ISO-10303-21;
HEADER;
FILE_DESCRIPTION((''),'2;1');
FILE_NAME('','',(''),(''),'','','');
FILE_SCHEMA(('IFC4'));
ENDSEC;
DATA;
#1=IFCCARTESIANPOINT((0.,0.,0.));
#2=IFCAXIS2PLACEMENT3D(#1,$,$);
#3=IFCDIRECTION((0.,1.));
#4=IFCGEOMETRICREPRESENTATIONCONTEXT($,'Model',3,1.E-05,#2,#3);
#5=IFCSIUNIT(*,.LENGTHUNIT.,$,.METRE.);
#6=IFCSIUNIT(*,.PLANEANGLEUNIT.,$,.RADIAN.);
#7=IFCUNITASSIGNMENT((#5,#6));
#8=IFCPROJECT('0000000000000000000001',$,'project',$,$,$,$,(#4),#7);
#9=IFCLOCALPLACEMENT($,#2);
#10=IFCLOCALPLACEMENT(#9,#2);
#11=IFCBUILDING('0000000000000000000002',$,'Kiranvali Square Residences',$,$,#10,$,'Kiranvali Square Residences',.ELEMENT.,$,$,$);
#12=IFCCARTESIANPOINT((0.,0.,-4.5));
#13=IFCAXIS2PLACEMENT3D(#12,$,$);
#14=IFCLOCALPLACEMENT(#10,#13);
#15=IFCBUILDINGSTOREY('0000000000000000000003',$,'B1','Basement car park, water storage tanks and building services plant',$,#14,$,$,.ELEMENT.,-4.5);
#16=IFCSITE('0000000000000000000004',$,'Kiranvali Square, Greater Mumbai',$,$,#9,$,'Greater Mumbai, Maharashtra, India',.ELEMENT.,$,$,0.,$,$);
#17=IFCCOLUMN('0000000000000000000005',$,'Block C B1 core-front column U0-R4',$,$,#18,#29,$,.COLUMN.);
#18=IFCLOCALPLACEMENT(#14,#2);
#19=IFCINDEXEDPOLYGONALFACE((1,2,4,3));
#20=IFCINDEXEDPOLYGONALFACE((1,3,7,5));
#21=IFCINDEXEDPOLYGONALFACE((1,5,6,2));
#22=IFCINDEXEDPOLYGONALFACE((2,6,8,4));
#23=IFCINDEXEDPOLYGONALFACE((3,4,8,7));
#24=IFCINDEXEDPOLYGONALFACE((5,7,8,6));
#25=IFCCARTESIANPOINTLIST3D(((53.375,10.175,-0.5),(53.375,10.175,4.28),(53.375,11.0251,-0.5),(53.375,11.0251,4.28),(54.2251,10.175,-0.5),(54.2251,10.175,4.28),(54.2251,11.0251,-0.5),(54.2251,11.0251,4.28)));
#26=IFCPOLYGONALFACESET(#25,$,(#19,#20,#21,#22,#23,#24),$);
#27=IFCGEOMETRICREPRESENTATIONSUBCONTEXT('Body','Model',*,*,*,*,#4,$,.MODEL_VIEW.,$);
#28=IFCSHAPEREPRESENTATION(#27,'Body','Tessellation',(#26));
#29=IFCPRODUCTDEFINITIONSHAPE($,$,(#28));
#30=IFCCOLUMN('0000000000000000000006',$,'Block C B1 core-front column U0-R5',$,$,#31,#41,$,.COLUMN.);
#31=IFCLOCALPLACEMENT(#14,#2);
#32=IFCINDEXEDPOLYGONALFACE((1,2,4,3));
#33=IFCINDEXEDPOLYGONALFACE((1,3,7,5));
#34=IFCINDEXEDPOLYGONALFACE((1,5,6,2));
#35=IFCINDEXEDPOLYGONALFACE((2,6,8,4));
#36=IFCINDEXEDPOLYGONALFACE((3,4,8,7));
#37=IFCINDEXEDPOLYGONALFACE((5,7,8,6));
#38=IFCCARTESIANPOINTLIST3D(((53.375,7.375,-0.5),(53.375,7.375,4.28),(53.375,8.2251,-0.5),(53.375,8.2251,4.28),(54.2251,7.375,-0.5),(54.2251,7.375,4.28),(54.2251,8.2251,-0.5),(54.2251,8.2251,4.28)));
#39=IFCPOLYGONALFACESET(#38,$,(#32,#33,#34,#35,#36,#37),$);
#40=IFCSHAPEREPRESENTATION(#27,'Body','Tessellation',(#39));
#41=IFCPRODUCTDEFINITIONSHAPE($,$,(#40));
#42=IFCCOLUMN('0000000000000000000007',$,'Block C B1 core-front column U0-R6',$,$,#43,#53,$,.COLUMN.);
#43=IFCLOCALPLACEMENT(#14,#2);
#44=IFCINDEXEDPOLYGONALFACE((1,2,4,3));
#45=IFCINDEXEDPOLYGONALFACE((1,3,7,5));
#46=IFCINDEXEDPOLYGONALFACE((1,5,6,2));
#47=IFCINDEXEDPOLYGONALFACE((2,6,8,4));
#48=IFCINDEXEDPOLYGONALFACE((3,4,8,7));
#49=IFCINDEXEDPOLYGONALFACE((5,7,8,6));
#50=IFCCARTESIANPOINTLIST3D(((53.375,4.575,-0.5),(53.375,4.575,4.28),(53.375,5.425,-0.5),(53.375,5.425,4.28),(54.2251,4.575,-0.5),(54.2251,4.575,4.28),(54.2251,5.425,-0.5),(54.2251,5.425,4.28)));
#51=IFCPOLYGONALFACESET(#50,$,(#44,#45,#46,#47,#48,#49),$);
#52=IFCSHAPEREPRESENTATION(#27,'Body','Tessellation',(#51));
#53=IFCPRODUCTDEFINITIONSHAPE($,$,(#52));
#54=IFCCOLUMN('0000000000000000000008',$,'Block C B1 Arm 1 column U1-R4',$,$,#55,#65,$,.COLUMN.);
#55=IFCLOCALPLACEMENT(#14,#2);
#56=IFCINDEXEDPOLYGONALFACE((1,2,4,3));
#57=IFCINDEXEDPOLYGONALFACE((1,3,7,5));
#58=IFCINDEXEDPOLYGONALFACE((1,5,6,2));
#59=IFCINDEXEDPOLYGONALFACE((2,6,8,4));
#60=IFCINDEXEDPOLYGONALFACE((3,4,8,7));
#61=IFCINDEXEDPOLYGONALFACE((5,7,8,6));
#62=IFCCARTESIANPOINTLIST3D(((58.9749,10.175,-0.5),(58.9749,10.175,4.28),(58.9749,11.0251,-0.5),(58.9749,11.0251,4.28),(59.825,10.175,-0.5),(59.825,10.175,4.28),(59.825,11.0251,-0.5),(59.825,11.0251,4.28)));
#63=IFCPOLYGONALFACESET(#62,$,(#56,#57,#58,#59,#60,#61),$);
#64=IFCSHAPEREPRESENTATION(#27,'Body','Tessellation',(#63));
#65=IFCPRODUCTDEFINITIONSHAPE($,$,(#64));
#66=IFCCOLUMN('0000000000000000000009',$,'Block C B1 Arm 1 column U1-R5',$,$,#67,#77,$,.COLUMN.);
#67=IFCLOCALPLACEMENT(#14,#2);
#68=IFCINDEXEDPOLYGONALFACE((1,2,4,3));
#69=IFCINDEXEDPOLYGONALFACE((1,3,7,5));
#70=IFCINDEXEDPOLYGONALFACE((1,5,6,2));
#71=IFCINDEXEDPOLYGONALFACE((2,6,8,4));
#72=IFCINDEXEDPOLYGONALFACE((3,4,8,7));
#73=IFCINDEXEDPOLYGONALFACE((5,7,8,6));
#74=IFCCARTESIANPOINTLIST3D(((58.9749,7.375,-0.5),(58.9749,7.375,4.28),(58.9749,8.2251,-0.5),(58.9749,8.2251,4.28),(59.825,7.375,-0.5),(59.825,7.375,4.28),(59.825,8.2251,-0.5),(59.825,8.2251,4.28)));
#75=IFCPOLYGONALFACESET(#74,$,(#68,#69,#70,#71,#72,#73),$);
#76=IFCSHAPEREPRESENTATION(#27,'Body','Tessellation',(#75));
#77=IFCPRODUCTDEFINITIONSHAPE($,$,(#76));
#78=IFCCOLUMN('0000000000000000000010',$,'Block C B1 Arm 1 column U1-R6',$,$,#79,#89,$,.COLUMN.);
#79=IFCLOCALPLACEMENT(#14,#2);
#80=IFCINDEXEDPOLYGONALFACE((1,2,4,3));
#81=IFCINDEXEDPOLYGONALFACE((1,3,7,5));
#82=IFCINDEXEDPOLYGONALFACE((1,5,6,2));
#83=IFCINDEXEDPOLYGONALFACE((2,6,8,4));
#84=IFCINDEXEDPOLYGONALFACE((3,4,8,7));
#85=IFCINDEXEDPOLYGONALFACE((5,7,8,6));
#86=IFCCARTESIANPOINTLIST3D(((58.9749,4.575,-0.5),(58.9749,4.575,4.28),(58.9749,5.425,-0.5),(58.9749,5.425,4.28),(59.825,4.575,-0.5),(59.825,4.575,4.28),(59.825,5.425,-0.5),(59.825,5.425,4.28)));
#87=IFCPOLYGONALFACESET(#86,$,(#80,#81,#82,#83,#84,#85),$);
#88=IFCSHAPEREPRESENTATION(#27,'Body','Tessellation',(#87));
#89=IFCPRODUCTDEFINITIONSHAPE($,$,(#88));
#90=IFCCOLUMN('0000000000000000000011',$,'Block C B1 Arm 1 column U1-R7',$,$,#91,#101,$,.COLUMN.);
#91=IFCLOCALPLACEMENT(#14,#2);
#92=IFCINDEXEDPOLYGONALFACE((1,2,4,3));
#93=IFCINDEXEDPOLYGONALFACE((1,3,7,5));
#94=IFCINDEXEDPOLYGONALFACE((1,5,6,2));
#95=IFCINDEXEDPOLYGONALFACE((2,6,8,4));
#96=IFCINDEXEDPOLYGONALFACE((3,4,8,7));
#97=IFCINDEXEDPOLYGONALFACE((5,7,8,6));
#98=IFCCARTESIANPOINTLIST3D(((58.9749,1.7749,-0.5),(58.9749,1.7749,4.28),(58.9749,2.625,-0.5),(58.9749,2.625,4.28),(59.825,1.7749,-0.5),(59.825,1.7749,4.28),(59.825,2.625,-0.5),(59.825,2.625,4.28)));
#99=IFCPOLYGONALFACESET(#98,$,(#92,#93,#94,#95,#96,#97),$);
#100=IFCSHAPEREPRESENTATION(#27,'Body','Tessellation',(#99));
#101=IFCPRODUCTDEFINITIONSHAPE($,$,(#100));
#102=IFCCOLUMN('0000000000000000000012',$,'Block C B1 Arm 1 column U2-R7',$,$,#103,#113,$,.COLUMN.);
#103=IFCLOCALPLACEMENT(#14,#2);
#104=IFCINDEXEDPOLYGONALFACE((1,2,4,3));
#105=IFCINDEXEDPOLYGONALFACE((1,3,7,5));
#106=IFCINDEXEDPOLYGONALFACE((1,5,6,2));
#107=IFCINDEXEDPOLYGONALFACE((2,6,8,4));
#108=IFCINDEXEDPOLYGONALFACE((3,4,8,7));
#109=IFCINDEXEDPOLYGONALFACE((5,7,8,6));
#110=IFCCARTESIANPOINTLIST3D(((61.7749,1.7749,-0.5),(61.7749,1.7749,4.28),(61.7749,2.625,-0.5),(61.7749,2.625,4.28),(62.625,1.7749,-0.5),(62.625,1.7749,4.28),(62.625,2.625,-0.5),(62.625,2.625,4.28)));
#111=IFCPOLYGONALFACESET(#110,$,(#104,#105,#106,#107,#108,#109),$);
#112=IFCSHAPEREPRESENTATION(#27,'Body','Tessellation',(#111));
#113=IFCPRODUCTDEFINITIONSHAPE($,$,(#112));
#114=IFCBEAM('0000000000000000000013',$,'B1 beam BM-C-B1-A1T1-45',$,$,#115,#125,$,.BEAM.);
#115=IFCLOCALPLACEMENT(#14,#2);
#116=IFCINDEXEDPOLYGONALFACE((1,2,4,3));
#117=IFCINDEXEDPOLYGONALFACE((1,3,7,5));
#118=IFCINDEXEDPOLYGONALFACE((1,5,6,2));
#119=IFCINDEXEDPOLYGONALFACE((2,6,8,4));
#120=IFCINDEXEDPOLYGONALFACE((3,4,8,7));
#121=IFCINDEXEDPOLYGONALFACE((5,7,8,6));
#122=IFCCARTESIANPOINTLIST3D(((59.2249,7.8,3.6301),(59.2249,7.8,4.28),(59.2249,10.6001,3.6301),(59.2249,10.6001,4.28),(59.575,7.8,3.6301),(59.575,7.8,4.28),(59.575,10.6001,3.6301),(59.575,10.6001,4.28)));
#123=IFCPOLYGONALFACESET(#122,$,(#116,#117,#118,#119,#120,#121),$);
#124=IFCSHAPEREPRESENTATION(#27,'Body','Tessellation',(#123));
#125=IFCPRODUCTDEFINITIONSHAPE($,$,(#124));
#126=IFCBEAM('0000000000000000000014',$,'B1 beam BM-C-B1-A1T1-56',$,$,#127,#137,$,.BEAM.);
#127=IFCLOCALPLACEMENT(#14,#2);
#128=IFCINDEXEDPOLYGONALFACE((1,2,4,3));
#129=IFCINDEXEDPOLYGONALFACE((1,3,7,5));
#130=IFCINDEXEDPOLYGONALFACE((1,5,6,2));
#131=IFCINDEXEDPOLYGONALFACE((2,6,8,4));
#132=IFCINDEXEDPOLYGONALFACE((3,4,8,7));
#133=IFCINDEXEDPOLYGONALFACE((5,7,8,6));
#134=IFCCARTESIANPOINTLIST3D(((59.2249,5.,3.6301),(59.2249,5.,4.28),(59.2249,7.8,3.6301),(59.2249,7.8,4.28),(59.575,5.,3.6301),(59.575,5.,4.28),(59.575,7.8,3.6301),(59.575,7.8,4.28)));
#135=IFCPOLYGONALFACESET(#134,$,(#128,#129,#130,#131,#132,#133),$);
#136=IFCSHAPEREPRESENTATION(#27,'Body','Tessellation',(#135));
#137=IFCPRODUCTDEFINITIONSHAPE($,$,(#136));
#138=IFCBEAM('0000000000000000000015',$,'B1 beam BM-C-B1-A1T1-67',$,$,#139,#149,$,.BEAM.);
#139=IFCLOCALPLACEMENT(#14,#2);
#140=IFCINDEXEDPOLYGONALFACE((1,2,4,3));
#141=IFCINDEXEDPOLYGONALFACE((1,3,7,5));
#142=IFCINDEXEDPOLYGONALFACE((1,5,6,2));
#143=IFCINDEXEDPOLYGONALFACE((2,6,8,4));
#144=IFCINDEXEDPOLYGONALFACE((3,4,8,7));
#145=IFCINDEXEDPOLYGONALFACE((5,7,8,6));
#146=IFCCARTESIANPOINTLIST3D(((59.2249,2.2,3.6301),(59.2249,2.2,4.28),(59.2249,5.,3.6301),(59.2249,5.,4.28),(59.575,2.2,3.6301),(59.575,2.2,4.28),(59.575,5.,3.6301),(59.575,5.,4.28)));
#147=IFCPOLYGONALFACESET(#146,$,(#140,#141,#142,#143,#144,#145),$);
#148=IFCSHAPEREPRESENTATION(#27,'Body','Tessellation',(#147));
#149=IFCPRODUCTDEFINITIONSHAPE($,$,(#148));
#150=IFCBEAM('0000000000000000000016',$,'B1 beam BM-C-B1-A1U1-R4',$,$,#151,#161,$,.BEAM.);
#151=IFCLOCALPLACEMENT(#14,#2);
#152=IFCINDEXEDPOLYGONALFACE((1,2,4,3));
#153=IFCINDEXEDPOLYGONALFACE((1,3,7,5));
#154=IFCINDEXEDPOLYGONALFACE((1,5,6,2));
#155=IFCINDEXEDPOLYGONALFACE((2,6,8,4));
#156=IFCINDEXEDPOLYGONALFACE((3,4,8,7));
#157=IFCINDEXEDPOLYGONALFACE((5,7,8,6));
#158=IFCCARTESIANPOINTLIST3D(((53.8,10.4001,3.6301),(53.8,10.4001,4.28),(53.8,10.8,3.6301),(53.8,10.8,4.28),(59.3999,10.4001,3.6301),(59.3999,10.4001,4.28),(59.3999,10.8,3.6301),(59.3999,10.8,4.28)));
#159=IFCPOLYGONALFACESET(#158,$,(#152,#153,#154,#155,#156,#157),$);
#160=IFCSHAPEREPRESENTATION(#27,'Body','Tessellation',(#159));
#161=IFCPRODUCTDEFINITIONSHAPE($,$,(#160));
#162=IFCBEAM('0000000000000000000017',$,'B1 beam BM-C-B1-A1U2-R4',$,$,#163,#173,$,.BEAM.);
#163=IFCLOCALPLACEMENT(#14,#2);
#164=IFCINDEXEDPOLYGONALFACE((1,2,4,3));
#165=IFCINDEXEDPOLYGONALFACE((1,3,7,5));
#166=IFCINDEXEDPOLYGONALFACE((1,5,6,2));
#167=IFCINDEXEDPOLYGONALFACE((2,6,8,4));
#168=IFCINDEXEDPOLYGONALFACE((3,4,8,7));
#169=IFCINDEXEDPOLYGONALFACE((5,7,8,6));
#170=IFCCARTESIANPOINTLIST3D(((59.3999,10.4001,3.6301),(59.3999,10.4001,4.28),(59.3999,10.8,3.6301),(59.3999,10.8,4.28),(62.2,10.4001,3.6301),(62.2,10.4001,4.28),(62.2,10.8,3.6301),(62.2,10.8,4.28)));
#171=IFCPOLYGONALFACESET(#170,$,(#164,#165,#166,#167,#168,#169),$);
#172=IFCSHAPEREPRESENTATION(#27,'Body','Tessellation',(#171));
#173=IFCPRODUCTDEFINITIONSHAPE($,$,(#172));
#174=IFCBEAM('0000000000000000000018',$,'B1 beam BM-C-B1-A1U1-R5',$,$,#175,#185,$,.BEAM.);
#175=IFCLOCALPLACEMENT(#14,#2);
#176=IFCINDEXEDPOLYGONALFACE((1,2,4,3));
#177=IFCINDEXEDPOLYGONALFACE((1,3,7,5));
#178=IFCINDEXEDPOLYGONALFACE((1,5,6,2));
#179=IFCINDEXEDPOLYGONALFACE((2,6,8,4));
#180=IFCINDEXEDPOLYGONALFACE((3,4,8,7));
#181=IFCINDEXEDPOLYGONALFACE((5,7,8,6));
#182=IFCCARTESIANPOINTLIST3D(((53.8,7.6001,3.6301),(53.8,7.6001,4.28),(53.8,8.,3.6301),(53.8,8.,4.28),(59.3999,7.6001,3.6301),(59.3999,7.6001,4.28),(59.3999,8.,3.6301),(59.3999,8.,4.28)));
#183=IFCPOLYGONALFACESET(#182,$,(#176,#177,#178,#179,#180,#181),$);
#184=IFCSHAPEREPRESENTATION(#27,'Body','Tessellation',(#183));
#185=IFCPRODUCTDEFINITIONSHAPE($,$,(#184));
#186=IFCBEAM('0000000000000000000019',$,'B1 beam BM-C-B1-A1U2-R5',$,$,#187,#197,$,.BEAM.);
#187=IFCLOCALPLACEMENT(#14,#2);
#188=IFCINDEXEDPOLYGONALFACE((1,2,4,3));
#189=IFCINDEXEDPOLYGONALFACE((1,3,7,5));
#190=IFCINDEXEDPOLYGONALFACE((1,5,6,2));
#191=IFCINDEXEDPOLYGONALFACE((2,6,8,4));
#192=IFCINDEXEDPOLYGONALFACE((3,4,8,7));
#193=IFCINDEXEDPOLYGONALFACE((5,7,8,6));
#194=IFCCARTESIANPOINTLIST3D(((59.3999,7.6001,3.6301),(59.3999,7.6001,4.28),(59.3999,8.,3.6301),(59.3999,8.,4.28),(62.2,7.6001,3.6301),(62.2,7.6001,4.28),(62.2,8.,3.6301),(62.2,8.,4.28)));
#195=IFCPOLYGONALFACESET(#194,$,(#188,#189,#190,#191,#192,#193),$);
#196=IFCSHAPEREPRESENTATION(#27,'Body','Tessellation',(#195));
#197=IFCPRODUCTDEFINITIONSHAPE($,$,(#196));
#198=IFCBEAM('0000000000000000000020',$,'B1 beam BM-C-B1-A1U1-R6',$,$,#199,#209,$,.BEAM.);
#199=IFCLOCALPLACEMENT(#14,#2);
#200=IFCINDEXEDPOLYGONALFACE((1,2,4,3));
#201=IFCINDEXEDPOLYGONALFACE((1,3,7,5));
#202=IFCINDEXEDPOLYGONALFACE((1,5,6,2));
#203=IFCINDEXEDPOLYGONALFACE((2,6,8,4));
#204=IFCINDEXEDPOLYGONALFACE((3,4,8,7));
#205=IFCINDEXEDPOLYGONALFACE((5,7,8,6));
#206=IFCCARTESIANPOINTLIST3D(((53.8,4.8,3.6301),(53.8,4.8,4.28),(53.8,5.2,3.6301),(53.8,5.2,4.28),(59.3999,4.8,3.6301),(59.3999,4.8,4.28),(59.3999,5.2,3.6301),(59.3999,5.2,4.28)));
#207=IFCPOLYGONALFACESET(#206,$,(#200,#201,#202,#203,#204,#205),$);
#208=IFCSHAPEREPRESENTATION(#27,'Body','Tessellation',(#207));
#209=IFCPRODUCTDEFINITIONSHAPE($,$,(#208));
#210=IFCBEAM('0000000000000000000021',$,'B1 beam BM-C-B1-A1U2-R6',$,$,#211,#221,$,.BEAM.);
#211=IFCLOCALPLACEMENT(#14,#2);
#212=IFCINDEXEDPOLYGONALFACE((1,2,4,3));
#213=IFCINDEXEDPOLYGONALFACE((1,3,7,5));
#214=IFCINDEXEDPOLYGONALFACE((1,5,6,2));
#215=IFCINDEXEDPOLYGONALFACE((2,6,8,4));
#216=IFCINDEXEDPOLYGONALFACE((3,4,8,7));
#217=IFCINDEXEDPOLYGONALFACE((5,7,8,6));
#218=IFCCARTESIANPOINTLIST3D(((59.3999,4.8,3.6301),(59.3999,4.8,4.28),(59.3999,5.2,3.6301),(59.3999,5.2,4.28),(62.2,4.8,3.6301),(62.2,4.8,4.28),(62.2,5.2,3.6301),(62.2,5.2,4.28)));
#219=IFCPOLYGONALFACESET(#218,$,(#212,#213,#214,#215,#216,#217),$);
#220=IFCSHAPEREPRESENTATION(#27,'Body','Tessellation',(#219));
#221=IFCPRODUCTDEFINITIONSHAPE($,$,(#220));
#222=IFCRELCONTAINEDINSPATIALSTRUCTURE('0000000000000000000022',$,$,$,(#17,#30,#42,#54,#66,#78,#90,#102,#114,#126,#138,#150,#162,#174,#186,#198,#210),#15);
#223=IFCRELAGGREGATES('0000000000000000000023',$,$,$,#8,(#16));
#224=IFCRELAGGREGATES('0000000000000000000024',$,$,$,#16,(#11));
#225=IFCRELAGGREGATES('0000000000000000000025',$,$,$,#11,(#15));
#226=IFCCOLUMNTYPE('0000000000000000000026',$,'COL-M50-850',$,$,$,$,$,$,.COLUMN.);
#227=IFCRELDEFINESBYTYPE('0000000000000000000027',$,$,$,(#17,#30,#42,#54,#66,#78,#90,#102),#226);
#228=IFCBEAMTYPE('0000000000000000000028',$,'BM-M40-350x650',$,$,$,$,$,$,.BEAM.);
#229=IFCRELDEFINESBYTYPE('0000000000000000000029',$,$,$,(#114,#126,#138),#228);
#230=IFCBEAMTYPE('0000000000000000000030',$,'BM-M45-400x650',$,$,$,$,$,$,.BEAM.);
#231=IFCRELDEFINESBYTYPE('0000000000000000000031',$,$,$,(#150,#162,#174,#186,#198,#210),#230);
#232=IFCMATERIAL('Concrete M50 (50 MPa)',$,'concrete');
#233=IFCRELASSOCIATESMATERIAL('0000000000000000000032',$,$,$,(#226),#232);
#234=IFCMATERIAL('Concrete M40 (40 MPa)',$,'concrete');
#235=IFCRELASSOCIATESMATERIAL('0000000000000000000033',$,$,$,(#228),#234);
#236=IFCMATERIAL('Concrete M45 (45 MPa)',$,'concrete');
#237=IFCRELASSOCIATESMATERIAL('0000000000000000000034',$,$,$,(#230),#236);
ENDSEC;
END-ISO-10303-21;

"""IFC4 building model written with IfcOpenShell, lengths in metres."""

from ifc_helpers import new_model, si_unit, direction, frame, origin, origin_2d, place, context, subcontext, project, spatial, rectangle, extrude, material, material_profile, profile_set, type_object, element, save


model = new_model("IFC4")

# Units and contexts
model_context = context("Model", 3, precision=1e-05, world=origin(), true_north=direction((0.0, 1.0)))
body_context = subcontext(model_context, "Body", "Model", "MODEL_VIEW")
ifc_project = project(units=[si_unit("LENGTHUNIT", "METRE"), si_unit("PLANEANGLEUNIT", "RADIAN")], contexts=[model_context])

# Site, building, storey
site_placement = place(None, origin())
site = spatial("IfcSite", under=ifc_project, at=site_placement, Name="Kiranvali Square, Greater Mumbai", LongName="Greater Mumbai, Maharashtra, India", CompositionType="ELEMENT", RefElevation=0.0)
building_placement = place(site_placement, origin())
building = spatial("IfcBuilding", under=site, at=building_placement, Name="Kiranvali Square Residences", LongName="Kiranvali Square Residences", CompositionType="ELEMENT")
storey_placement = place(building_placement, frame((0.0, 0.0, -4.5)))
storey = spatial("IfcBuildingStorey", under=building, at=storey_placement, Name="B1", Description="Basement car park, water storage tanks and building services plant", CompositionType="ELEMENT", Elevation=-4.5)

# Shared definitions
ifc_material_1 = material(Name="Concrete M40 (40 MPa)", Category="concrete")

# Columns
ifc_material_2 = material(Name="Concrete M50 (50 MPa)", Category="concrete")
ifc_material_profile_1 = material_profile(ifc_material_2, rectangle(XDim=0.8501, YDim=0.8501, at=origin_2d()), Name="RC 850x850")
ifc_profile_set_1 = profile_set([ifc_material_profile_1], Name="Concrete M50 (50 MPa)")
column_type = type_object("IfcColumnType", Name="COL-M50-850", PredefinedType="COLUMN", material=ifc_profile_set_1)
for number, where, z_axis, x_axis, name in (
    (1, (53.8, 10.6001, -0.5), (0.0, 0.0, 1.0), (1.0, 0.0, 0.0), "Block C B1 core-front column U0-R4"),
    (2, (53.8, 7.8, -0.5), (0.0, 0.0, 1.0), (1.0, 0.0, 0.0), "Block C B1 core-front column U0-R5"),
    (3, (53.8, 5.0, -0.5), (0.0, 0.0, 1.0), (1.0, 0.0, 0.0), "Block C B1 core-front column U0-R6"),
    (4, (59.3999, 10.6001, -0.5), (0.0, 0.0, 1.0), (1.0, 0.0, 0.0), "Block C B1 Arm 1 column U1-R4"),
    (5, (59.3999, 7.8, -0.5), (0.0, 0.0, 1.0), (1.0, 0.0, 0.0), "Block C B1 Arm 1 column U1-R5"),
    (6, (59.3999, 5.0, -0.5), (0.0, 0.0, 1.0), (1.0, 0.0, 0.0), "Block C B1 Arm 1 column U1-R6"),
    (7, (59.3999, 2.2, -0.5), (0.0, 0.0, 1.0), (1.0, 0.0, 0.0), "Block C B1 Arm 1 column U1-R7"),
    (8, (62.2, 2.2, -0.5), (0.0, 0.0, 1.0), (1.0, 0.0, 0.0), "Block C B1 Arm 1 column U2-R7"),
):
    element("IfcColumn", number, at=place(storey_placement, frame(where, z_axis=z_axis, x_axis=x_axis)), inside=storey, type_object=column_type, Name=name, PredefinedType="COLUMN", context=body_context, shape_type="SweptSolid", body=[
        extrude(rectangle(XDim=0.8501, YDim=0.8501, at=origin_2d()), origin(), (0.0, 0.0, 1.0), 4.78),
    ])

# Beams
ifc_material_profile_2 = material_profile(ifc_material_1, rectangle(XDim=0.3501, YDim=0.6499, at=origin_2d()), Name="RC 350x650")
ifc_profile_set_2 = profile_set([ifc_material_profile_2], Name="Concrete M40 (40 MPa)")
beam_type_1 = type_object("IfcBeamType", Name="BM-M40-350x650", PredefinedType="BEAM", material=ifc_profile_set_2)
for number, where, z_axis, x_axis, name in (
    (9, (59.3999, 10.6001, 3.9551), (0.0, -1.0, 0.0), (1.0, 0.0, 0.0), "B1 beam BM-C-B1-A1T1-45"),
    (10, (59.3999, 7.8, 3.9551), (0.0, -1.0, 0.0), (1.0, 0.0, 0.0), "B1 beam BM-C-B1-A1T1-56"),
    (11, (59.3999, 5.0, 3.9551), (0.0, -1.0, 0.0), (1.0, 0.0, 0.0), "B1 beam BM-C-B1-A1T1-67"),
):
    element("IfcBeam", number, at=place(storey_placement, frame(where, z_axis=z_axis, x_axis=x_axis)), inside=storey, type_object=beam_type_1, Name=name, PredefinedType="BEAM", context=body_context, shape_type="SweptSolid", body=[
        extrude(rectangle(XDim=0.3501, YDim=0.6499, at=origin_2d()), origin(), (0.0, 0.0, 1.0), 2.8),
    ])
ifc_material_3 = material(Name="Concrete M45 (45 MPa)", Category="concrete")
ifc_material_profile_3 = material_profile(ifc_material_3, rectangle(XDim=0.3999, YDim=0.6499, at=origin_2d()), Name="RC 400x650")
ifc_profile_set_3 = profile_set([ifc_material_profile_3], Name="Concrete M45 (45 MPa)")
beam_type_2 = type_object("IfcBeamType", Name="BM-M45-400x650", PredefinedType="BEAM", material=ifc_profile_set_3)
beam_1_placement = place(storey_placement, frame((53.8, 10.6001, 3.9551), z_axis=(1.0, 0.0, 0.0), x_axis=(0.0, 1.0, 0.0)))
element("IfcBeam", 12, at=beam_1_placement, inside=storey, type_object=beam_type_2, Name="B1 beam BM-C-B1-A1U1-R4", PredefinedType="BEAM", context=body_context, shape_type="SweptSolid", body=[
    extrude(rectangle(XDim=0.3999, YDim=0.6499, at=origin_2d()), origin(), (0.0, 0.0, 1.0), 5.5999),
])
beam_2_placement = place(storey_placement, frame((59.3999, 10.6001, 3.9551), z_axis=(1.0, 0.0, 0.0), x_axis=(0.0, 1.0, 0.0)))
element("IfcBeam", 13, at=beam_2_placement, inside=storey, type_object=beam_type_2, Name="B1 beam BM-C-B1-A1U2-R4", PredefinedType="BEAM", context=body_context, shape_type="SweptSolid", body=[
    extrude(rectangle(XDim=0.3999, YDim=0.6499, at=origin_2d()), origin(), (0.0, 0.0, 1.0), 2.8),
])
beam_3_placement = place(storey_placement, frame((53.8, 7.8, 3.9551), z_axis=(1.0, 0.0, 0.0), x_axis=(0.0, 1.0, 0.0)))
element("IfcBeam", 14, at=beam_3_placement, inside=storey, type_object=beam_type_2, Name="B1 beam BM-C-B1-A1U1-R5", PredefinedType="BEAM", context=body_context, shape_type="SweptSolid", body=[
    extrude(rectangle(XDim=0.3999, YDim=0.6499, at=origin_2d()), origin(), (0.0, 0.0, 1.0), 5.5999),
])
beam_4_placement = place(storey_placement, frame((59.3999, 7.8, 3.9551), z_axis=(1.0, 0.0, 0.0), x_axis=(0.0, 1.0, 0.0)))
element("IfcBeam", 15, at=beam_4_placement, inside=storey, type_object=beam_type_2, Name="B1 beam BM-C-B1-A1U2-R5", PredefinedType="BEAM", context=body_context, shape_type="SweptSolid", body=[
    extrude(rectangle(XDim=0.3999, YDim=0.6499, at=origin_2d()), origin(), (0.0, 0.0, 1.0), 2.8),
])
beam_5_placement = place(storey_placement, frame((53.8, 5.0, 3.9551), z_axis=(1.0, 0.0, 0.0), x_axis=(0.0, 1.0, 0.0)))
element("IfcBeam", 16, at=beam_5_placement, inside=storey, type_object=beam_type_2, Name="B1 beam BM-C-B1-A1U1-R6", PredefinedType="BEAM", context=body_context, shape_type="SweptSolid", body=[
    extrude(rectangle(XDim=0.3999, YDim=0.6499, at=origin_2d()), origin(), (0.0, 0.0, 1.0), 5.5999),
])
for number, where, z_axis, x_axis, name in (
    (17, (59.3999, 5.0, 3.9551), (1.0, 0.0, 0.0), (0.0, 1.0, 0.0), "B1 beam BM-C-B1-A1U2-R6"),
):
    element("IfcBeam", number, at=place(storey_placement, frame(where, z_axis=z_axis, x_axis=x_axis)), inside=storey, type_object=beam_type_2, Name=name, PredefinedType="BEAM", context=body_context, shape_type="SweptSolid", body=[
        extrude(rectangle(XDim=0.3999, YDim=0.6499, at=origin_2d()), origin(), (0.0, 0.0, 1.0), 2.8),
    ])

save(model, "model.ifc")
